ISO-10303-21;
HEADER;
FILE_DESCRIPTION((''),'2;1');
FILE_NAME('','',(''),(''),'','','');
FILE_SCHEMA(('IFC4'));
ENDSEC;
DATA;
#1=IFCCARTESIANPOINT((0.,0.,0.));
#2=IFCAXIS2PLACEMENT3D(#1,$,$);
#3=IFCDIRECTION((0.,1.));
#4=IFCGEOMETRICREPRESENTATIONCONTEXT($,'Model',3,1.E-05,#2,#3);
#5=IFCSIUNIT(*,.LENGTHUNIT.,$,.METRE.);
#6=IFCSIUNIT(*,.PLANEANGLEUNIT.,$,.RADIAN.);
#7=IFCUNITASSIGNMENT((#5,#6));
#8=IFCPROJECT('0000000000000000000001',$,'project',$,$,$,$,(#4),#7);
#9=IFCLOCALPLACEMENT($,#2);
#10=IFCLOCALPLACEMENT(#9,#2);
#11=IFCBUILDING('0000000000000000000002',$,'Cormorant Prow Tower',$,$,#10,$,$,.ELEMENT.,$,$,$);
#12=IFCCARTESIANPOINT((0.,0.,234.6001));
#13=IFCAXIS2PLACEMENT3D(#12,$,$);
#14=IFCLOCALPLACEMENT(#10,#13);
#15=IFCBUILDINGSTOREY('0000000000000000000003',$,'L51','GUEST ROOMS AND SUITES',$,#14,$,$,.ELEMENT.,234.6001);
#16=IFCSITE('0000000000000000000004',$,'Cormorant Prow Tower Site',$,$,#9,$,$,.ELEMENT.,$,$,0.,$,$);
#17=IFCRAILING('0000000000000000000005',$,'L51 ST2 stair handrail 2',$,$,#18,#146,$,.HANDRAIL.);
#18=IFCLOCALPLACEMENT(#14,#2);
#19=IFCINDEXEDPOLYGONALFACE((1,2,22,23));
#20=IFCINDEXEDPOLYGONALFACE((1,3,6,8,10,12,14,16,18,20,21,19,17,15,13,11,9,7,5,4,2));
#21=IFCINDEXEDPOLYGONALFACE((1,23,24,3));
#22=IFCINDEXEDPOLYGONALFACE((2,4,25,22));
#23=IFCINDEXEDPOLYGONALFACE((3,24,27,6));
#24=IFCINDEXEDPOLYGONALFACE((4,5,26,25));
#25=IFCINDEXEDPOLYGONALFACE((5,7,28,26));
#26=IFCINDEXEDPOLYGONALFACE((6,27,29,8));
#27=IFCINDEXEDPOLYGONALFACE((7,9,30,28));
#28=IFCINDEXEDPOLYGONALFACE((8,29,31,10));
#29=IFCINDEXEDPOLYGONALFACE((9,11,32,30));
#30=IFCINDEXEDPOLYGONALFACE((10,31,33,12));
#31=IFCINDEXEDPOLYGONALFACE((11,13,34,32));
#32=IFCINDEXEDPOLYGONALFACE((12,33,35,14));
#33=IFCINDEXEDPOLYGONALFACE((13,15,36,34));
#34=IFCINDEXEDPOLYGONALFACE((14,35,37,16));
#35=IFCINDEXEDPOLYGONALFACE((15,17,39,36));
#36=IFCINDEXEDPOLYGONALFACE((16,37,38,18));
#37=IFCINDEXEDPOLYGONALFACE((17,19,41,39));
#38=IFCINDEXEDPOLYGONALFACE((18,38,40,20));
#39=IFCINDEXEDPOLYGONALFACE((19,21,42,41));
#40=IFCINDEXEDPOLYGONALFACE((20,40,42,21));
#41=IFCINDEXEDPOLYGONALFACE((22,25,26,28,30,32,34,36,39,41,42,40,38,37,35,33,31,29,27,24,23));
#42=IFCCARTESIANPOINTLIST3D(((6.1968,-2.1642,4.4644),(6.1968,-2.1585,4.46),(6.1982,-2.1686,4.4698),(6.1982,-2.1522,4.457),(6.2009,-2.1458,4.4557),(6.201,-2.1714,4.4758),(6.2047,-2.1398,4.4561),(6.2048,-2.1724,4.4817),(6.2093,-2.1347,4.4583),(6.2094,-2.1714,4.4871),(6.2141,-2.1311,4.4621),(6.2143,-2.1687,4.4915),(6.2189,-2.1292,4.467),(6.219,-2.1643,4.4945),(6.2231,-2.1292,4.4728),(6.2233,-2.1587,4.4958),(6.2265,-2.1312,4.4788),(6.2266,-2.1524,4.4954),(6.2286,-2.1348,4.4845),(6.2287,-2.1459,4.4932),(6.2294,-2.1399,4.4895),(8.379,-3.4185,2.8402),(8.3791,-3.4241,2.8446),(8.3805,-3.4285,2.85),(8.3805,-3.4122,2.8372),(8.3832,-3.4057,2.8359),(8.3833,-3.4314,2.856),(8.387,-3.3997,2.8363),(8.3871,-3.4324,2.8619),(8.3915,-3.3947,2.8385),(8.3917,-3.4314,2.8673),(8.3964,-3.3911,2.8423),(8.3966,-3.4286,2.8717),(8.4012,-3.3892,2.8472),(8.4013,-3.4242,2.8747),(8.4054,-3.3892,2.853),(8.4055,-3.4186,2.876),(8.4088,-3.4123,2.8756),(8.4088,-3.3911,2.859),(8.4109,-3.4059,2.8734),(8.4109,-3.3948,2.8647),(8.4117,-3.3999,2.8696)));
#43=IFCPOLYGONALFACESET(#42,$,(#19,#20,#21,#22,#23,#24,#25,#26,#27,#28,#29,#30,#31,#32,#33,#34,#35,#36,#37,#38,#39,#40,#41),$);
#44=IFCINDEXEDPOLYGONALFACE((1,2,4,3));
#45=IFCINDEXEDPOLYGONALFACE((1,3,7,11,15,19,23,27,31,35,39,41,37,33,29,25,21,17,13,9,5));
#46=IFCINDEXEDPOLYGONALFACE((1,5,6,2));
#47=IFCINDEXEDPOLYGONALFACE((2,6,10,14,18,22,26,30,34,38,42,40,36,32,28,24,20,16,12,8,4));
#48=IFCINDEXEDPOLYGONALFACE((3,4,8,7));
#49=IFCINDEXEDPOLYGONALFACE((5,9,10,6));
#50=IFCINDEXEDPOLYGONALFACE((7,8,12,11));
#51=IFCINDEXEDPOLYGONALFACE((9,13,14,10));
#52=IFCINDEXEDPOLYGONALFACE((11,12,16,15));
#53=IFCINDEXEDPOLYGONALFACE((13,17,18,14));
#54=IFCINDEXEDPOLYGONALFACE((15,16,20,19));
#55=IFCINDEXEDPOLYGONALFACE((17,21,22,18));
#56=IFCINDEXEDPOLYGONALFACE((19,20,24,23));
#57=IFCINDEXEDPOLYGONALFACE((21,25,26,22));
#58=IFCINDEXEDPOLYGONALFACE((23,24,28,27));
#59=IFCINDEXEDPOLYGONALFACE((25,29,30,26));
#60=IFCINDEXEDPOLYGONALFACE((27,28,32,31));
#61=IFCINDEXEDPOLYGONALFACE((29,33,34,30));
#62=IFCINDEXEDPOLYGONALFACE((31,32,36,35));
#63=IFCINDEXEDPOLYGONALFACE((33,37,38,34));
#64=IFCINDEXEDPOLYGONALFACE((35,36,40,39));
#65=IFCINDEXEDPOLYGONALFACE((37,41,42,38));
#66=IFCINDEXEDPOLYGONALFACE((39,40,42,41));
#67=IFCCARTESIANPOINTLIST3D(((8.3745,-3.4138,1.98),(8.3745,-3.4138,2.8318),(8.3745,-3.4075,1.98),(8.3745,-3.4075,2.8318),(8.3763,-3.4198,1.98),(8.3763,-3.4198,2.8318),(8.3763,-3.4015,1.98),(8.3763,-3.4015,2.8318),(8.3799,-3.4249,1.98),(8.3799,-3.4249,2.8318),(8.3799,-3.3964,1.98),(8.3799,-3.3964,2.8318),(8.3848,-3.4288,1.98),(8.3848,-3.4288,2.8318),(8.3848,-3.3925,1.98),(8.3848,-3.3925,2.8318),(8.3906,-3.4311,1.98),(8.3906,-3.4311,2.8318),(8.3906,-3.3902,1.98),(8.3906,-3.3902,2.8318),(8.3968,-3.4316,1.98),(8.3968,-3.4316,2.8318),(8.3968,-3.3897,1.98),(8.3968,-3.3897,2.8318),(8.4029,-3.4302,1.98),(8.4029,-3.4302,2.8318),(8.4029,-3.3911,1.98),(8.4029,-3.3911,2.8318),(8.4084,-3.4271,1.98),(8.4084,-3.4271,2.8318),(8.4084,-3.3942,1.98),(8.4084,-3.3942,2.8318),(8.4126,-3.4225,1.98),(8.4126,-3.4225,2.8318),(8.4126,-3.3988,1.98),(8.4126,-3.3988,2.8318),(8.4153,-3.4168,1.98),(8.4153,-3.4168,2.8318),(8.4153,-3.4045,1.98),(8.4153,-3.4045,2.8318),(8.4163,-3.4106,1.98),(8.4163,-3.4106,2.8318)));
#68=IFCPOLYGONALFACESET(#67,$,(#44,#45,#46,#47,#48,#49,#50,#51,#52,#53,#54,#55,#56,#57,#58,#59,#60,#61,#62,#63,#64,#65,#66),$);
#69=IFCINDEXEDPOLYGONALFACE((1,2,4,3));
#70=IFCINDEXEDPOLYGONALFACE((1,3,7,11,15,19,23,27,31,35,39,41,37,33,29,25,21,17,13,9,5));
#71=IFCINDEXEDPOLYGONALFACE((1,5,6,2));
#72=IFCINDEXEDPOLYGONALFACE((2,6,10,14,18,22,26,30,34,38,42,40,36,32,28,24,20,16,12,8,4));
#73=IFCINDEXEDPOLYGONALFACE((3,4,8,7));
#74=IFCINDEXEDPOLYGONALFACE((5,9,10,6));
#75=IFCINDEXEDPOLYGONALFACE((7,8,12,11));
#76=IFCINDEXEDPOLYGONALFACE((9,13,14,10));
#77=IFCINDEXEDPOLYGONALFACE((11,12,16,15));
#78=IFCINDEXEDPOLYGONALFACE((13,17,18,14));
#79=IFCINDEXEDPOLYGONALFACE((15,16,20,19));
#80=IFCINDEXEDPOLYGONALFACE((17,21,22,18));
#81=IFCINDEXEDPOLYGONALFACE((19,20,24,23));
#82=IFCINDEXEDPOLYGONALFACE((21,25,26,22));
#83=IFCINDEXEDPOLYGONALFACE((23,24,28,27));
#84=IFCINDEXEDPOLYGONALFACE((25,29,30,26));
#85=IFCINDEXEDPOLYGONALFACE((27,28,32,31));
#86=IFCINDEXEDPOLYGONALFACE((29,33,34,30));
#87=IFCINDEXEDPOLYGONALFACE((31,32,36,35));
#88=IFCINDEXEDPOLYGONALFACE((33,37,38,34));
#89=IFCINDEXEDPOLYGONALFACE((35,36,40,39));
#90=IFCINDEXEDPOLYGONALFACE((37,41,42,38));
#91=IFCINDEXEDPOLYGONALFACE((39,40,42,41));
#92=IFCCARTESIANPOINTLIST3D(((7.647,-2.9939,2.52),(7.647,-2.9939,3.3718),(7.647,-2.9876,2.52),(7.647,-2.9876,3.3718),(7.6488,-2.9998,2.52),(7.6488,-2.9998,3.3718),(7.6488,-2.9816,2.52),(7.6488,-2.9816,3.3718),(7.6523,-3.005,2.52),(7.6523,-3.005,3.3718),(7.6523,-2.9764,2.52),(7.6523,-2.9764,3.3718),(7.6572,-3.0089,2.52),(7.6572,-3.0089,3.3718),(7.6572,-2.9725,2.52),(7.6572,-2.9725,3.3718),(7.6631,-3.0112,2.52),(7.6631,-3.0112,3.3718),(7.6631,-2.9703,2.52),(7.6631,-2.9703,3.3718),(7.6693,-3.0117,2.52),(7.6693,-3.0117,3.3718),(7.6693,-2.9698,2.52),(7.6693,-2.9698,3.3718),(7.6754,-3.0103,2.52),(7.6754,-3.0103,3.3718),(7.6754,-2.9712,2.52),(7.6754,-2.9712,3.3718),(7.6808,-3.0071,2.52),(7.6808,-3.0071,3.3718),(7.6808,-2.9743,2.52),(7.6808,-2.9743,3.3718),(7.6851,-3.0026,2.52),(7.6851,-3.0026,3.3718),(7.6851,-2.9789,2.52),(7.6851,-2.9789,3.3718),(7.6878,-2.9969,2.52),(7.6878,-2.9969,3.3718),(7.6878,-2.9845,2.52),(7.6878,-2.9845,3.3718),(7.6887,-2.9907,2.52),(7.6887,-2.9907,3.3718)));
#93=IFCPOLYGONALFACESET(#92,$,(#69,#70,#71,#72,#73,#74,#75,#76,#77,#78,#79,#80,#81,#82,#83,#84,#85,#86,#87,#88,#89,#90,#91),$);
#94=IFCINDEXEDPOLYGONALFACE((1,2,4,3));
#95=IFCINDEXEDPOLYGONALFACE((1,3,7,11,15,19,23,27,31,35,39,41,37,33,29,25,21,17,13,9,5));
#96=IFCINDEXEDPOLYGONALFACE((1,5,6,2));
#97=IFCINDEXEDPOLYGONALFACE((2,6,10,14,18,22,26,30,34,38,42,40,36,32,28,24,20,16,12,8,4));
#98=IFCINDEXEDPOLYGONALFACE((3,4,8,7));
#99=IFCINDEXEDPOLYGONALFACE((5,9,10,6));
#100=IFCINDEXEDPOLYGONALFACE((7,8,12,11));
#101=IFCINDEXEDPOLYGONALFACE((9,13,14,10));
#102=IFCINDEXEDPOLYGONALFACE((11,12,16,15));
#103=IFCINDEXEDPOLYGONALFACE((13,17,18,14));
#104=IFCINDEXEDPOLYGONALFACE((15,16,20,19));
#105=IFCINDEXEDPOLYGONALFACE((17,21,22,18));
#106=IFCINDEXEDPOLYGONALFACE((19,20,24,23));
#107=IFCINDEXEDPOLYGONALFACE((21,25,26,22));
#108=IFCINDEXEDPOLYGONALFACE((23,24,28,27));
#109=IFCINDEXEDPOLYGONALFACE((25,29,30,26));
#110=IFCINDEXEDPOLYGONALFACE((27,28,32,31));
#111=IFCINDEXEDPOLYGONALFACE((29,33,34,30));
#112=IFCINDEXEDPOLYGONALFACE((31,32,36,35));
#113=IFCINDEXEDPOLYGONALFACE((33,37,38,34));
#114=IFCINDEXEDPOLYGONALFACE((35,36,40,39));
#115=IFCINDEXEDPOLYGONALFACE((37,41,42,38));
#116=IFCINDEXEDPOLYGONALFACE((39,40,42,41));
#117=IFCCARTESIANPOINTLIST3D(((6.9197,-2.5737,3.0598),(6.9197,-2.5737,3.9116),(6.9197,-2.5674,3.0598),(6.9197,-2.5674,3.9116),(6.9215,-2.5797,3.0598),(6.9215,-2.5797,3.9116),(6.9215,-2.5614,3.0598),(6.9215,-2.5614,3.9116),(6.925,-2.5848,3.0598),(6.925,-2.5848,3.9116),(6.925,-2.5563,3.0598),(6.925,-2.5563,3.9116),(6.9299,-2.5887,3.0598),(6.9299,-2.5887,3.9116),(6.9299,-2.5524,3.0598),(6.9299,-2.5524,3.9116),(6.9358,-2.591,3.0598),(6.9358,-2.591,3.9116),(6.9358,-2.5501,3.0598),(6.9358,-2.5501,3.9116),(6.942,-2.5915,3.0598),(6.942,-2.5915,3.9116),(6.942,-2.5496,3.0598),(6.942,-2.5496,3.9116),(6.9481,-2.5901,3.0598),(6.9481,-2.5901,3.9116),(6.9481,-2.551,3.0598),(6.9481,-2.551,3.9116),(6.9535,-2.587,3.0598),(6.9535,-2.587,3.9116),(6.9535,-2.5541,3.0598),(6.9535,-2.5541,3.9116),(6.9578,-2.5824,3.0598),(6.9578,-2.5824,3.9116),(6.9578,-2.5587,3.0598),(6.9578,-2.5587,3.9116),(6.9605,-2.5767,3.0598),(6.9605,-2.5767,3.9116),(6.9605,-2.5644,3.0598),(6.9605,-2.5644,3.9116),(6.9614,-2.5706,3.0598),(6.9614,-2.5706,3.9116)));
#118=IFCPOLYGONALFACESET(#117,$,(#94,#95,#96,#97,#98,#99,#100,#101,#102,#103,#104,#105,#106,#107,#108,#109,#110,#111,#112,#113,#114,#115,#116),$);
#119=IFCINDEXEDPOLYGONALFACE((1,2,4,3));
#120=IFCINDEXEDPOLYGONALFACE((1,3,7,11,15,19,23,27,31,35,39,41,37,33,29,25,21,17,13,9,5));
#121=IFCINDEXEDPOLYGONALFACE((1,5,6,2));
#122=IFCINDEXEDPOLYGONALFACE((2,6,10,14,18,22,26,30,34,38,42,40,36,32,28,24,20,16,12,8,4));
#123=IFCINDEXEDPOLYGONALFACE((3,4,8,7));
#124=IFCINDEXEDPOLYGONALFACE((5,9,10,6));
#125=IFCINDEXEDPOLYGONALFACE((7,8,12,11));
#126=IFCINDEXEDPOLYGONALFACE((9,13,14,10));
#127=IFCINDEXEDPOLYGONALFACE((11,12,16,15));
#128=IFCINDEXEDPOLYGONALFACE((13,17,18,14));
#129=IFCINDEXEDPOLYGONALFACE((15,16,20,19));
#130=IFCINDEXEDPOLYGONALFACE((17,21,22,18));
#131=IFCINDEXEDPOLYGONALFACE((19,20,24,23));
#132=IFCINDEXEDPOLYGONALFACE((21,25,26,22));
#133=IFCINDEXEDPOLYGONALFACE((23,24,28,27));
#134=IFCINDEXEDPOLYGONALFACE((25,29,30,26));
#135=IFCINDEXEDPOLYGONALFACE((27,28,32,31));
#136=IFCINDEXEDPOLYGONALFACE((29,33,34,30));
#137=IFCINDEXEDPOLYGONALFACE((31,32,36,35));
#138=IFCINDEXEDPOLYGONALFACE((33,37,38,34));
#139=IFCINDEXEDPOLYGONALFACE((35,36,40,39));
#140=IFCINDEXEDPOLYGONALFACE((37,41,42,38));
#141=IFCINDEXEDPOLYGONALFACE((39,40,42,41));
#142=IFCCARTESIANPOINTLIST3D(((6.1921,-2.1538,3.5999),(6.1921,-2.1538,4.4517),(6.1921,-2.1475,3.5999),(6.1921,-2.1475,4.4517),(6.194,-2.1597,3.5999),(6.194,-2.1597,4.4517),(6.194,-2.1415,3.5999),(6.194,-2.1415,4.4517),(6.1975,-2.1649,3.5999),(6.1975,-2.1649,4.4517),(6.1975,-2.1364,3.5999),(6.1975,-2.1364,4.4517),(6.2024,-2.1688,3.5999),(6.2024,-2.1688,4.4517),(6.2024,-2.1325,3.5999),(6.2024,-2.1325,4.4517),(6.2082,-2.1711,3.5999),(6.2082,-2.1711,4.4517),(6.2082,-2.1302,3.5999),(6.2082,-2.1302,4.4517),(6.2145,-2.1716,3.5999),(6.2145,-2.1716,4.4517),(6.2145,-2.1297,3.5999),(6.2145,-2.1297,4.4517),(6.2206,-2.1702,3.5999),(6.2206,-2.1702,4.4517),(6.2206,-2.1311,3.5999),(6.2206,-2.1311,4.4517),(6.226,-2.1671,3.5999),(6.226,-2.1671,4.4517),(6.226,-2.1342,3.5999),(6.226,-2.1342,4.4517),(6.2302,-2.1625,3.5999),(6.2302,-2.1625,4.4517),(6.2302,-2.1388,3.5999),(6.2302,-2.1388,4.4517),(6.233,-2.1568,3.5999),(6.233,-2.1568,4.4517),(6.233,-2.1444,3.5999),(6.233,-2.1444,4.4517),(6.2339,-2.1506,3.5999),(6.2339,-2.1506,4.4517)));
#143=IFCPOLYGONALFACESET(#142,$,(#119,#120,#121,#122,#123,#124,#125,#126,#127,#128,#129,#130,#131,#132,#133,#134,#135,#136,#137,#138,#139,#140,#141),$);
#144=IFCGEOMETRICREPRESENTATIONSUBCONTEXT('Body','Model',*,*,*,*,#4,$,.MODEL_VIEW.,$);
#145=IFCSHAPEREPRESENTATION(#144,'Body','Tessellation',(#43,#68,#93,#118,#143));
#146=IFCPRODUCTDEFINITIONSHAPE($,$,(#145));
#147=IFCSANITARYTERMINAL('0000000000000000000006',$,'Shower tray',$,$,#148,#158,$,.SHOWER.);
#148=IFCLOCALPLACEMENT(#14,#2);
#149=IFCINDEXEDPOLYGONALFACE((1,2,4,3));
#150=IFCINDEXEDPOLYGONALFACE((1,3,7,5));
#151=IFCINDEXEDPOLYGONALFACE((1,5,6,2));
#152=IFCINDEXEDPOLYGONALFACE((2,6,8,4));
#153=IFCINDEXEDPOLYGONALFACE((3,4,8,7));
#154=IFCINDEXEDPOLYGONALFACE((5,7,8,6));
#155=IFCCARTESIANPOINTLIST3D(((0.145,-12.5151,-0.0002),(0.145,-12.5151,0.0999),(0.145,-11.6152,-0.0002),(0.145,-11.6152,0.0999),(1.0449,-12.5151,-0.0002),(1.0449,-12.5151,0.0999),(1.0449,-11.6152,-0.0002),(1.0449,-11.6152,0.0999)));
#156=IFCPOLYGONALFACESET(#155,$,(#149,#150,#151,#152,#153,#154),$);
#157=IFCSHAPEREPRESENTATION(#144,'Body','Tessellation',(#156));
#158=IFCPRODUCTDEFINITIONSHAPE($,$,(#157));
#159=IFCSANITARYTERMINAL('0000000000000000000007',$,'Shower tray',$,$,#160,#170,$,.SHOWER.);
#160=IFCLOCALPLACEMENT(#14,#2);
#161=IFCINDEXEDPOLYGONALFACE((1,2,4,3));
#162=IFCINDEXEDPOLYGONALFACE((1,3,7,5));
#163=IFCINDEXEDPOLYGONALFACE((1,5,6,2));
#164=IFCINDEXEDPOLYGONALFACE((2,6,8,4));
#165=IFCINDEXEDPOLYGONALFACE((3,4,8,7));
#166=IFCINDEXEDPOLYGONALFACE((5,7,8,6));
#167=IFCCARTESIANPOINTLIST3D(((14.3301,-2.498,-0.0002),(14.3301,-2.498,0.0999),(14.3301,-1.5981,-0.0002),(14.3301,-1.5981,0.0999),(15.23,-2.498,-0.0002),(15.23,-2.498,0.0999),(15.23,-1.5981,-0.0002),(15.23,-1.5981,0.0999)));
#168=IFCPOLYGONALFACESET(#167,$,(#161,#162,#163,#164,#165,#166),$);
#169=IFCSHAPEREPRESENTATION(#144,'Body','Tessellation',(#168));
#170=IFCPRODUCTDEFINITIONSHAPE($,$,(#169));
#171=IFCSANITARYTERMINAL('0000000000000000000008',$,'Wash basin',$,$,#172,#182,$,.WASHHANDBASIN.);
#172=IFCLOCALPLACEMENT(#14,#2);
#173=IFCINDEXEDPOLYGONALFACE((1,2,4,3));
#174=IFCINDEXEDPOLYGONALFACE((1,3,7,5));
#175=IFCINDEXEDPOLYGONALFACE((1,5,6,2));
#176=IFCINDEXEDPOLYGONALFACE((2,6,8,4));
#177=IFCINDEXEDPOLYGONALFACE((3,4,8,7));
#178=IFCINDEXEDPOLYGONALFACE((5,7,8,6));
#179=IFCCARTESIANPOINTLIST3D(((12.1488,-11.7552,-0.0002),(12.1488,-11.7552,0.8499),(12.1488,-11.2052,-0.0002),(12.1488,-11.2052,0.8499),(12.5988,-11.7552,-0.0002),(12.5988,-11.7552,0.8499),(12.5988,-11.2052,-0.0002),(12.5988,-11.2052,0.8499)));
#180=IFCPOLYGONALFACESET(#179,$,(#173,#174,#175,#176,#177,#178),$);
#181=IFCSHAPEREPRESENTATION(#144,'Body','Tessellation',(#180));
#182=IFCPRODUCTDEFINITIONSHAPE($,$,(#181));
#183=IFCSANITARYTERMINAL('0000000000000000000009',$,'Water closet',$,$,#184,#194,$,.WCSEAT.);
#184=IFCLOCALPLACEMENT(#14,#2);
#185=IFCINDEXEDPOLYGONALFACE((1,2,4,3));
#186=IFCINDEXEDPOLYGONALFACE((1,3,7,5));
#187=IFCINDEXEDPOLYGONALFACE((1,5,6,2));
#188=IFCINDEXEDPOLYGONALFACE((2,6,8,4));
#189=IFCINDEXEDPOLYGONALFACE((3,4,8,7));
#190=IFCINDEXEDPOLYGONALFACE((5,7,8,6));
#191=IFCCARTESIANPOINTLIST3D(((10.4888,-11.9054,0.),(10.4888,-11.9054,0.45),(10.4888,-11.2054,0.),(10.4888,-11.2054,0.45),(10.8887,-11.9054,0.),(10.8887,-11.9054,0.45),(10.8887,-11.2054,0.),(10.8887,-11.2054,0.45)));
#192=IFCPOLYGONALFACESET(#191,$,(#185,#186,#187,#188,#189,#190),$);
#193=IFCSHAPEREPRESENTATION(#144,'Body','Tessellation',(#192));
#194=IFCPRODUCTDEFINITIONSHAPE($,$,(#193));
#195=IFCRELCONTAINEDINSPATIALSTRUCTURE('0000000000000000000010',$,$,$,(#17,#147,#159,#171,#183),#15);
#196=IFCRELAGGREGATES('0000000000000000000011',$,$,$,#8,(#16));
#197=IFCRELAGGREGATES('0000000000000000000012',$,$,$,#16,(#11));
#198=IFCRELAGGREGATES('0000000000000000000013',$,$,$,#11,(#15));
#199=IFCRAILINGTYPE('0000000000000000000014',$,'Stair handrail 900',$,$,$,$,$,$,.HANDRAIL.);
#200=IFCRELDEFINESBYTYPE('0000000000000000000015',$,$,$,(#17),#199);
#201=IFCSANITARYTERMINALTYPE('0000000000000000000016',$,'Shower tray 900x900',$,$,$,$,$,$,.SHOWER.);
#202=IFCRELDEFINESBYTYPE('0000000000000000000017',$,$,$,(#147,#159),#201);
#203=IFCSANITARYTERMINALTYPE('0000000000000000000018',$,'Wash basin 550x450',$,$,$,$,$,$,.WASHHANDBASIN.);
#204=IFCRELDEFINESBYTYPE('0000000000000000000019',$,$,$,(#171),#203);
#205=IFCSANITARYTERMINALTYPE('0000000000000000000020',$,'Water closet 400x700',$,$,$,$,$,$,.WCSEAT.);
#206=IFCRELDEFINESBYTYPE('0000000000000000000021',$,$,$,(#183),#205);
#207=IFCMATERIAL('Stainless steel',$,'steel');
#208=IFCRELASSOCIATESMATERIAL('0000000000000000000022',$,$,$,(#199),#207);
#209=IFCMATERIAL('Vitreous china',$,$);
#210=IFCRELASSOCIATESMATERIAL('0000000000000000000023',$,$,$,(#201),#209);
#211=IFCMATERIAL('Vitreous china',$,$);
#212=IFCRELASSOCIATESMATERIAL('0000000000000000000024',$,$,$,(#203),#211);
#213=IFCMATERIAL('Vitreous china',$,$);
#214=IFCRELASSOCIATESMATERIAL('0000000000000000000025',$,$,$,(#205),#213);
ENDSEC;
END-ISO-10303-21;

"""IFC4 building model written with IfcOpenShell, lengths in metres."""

from ifc_helpers import new_model, si_unit, direction, frame, origin, origin_2d, place, context, subcontext, project, spatial, rectangle, circle, extrude, material, type_object, element, save


model = new_model("IFC4")

# Units and contexts
model_context = context("Model", 3, precision=1e-05, world=origin(), true_north=direction((0.0, 1.0)))
body_context = subcontext(model_context, "Body", "Model", "MODEL_VIEW")
ifc_project = project(units=[si_unit("LENGTHUNIT", "METRE"), si_unit("PLANEANGLEUNIT", "RADIAN")], contexts=[model_context])

# Site, building, storey
site_placement = place(None, origin())
site = spatial("IfcSite", under=ifc_project, at=site_placement, Name="Cormorant Prow Tower Site", CompositionType="ELEMENT", RefElevation=0.0)
building_placement = place(site_placement, origin())
building = spatial("IfcBuilding", under=site, at=building_placement, Name="Cormorant Prow Tower", CompositionType="ELEMENT")
storey_placement = place(building_placement, frame((0.0, 0.0, 234.6001)))
storey = spatial("IfcBuildingStorey", under=building, at=storey_placement, Name="L51", Description="GUEST ROOMS AND SUITES", CompositionType="ELEMENT", Elevation=234.6001)

# Railing
ifc_material_1 = material(Name="Stainless steel", Category="steel")
railing_type_1 = type_object("IfcRailingType", Name="Stair handrail 900", PredefinedType="HANDRAIL", material=ifc_material_1)
railing_1_placement = place(storey_placement, frame((8.3953, -3.4106, 1.98)))
element("IfcRailing", 1, at=railing_1_placement, inside=storey, type_object=railing_type_1, Name="L51 ST2 stair handrail 2", PredefinedType="HANDRAIL", context=body_context, shape_type="SweptSolid", body=[
    extrude(circle(Radius=0.0239, at=origin_2d()), frame((0.0, 0.0, 0.876), z_axis=(-0.728496, 0.420603, 0.540728), x_axis=(-0.500005, -0.866023, 0.0)), (0.0, 0.0, 1.0), 2.9956),
    extrude(circle(Radius=0.021, at=origin_2d()), origin(), (0.0, 0.0, 1.0), 0.8518),
    extrude(circle(Radius=0.021, at=origin_2d()), frame((-0.7275, 0.4199, 0.54)), (0.0, 0.0, 1.0), 0.8518),
    extrude(circle(Radius=0.021, at=origin_2d()), frame((-1.4548, 0.8401, 1.0798)), (0.0, 0.0, 1.0), 0.8518),
    extrude(circle(Radius=0.021, at=origin_2d()), frame((-2.1824, 1.26, 1.6199)), (0.0, 0.0, 1.0), 0.8518),
])

# Sanitary terminals
ifc_material_2 = material(Name="Vitreous china")
sanitary_terminal_type_1 = type_object("IfcSanitaryTerminalType", Name="Shower tray 900x900", PredefinedType="SHOWER", material=ifc_material_2)
for number, where, z_axis, x_axis, name in (
    (2, (0.595, -12.0652, -0.0002), (0.0, 0.0, 1.0), (1.0, 0.0, 0.0), "Shower tray"),
    (3, (14.78, -2.0481, -0.0002), (0.0, 0.0, 1.0), (1.0, 0.0, 0.0), "Shower tray"),
):
    element("IfcSanitaryTerminal", number, at=place(storey_placement, frame(where, z_axis=z_axis, x_axis=x_axis)), inside=storey, type_object=sanitary_terminal_type_1, Name=name, PredefinedType="SHOWER", context=body_context, shape_type="SweptSolid", body=[
        extrude(rectangle(XDim=0.8999, YDim=0.8999, at=origin_2d()), origin(), (0.0, 0.0, 1.0), 0.1001),
    ])
ifc_material_3 = material(Name="Vitreous china")
sanitary_terminal_type_2 = type_object("IfcSanitaryTerminalType", Name="Wash basin 550x450", PredefinedType="WASHHANDBASIN", material=ifc_material_3)
sanitary_terminal_1_placement = place(storey_placement, frame((12.3738, -11.4802, -0.0002), z_axis=(0.0, 0.0, 1.0), x_axis=(0.0, -1.0, 0.0)))
element("IfcSanitaryTerminal", 4, at=sanitary_terminal_1_placement, inside=storey, type_object=sanitary_terminal_type_2, Name="Wash basin", PredefinedType="WASHHANDBASIN", context=body_context, shape_type="SweptSolid", body=[
    extrude(rectangle(XDim=0.55, YDim=0.45, at=origin_2d()), origin(), (0.0, 0.0, 1.0), 0.8501),
])
ifc_material_4 = material(Name="Vitreous china")
sanitary_terminal_type_3 = type_object("IfcSanitaryTerminalType", Name="Water closet 400x700", PredefinedType="WCSEAT", material=ifc_material_4)
sanitary_terminal_2_placement = place(storey_placement, frame((10.6887, -11.5554, 0.0), z_axis=(0.0, 0.0, 1.0), x_axis=(1.0, 0.0, 0.0)))
element("IfcSanitaryTerminal", 5, at=sanitary_terminal_2_placement, inside=storey, type_object=sanitary_terminal_type_3, Name="Water closet", PredefinedType="WCSEAT", context=body_context, shape_type="SweptSolid", body=[
    extrude(rectangle(XDim=0.3999, YDim=0.7, at=origin_2d()), origin(), (0.0, 0.0, 1.0), 0.45),
])

save(model, "model.ifc")
